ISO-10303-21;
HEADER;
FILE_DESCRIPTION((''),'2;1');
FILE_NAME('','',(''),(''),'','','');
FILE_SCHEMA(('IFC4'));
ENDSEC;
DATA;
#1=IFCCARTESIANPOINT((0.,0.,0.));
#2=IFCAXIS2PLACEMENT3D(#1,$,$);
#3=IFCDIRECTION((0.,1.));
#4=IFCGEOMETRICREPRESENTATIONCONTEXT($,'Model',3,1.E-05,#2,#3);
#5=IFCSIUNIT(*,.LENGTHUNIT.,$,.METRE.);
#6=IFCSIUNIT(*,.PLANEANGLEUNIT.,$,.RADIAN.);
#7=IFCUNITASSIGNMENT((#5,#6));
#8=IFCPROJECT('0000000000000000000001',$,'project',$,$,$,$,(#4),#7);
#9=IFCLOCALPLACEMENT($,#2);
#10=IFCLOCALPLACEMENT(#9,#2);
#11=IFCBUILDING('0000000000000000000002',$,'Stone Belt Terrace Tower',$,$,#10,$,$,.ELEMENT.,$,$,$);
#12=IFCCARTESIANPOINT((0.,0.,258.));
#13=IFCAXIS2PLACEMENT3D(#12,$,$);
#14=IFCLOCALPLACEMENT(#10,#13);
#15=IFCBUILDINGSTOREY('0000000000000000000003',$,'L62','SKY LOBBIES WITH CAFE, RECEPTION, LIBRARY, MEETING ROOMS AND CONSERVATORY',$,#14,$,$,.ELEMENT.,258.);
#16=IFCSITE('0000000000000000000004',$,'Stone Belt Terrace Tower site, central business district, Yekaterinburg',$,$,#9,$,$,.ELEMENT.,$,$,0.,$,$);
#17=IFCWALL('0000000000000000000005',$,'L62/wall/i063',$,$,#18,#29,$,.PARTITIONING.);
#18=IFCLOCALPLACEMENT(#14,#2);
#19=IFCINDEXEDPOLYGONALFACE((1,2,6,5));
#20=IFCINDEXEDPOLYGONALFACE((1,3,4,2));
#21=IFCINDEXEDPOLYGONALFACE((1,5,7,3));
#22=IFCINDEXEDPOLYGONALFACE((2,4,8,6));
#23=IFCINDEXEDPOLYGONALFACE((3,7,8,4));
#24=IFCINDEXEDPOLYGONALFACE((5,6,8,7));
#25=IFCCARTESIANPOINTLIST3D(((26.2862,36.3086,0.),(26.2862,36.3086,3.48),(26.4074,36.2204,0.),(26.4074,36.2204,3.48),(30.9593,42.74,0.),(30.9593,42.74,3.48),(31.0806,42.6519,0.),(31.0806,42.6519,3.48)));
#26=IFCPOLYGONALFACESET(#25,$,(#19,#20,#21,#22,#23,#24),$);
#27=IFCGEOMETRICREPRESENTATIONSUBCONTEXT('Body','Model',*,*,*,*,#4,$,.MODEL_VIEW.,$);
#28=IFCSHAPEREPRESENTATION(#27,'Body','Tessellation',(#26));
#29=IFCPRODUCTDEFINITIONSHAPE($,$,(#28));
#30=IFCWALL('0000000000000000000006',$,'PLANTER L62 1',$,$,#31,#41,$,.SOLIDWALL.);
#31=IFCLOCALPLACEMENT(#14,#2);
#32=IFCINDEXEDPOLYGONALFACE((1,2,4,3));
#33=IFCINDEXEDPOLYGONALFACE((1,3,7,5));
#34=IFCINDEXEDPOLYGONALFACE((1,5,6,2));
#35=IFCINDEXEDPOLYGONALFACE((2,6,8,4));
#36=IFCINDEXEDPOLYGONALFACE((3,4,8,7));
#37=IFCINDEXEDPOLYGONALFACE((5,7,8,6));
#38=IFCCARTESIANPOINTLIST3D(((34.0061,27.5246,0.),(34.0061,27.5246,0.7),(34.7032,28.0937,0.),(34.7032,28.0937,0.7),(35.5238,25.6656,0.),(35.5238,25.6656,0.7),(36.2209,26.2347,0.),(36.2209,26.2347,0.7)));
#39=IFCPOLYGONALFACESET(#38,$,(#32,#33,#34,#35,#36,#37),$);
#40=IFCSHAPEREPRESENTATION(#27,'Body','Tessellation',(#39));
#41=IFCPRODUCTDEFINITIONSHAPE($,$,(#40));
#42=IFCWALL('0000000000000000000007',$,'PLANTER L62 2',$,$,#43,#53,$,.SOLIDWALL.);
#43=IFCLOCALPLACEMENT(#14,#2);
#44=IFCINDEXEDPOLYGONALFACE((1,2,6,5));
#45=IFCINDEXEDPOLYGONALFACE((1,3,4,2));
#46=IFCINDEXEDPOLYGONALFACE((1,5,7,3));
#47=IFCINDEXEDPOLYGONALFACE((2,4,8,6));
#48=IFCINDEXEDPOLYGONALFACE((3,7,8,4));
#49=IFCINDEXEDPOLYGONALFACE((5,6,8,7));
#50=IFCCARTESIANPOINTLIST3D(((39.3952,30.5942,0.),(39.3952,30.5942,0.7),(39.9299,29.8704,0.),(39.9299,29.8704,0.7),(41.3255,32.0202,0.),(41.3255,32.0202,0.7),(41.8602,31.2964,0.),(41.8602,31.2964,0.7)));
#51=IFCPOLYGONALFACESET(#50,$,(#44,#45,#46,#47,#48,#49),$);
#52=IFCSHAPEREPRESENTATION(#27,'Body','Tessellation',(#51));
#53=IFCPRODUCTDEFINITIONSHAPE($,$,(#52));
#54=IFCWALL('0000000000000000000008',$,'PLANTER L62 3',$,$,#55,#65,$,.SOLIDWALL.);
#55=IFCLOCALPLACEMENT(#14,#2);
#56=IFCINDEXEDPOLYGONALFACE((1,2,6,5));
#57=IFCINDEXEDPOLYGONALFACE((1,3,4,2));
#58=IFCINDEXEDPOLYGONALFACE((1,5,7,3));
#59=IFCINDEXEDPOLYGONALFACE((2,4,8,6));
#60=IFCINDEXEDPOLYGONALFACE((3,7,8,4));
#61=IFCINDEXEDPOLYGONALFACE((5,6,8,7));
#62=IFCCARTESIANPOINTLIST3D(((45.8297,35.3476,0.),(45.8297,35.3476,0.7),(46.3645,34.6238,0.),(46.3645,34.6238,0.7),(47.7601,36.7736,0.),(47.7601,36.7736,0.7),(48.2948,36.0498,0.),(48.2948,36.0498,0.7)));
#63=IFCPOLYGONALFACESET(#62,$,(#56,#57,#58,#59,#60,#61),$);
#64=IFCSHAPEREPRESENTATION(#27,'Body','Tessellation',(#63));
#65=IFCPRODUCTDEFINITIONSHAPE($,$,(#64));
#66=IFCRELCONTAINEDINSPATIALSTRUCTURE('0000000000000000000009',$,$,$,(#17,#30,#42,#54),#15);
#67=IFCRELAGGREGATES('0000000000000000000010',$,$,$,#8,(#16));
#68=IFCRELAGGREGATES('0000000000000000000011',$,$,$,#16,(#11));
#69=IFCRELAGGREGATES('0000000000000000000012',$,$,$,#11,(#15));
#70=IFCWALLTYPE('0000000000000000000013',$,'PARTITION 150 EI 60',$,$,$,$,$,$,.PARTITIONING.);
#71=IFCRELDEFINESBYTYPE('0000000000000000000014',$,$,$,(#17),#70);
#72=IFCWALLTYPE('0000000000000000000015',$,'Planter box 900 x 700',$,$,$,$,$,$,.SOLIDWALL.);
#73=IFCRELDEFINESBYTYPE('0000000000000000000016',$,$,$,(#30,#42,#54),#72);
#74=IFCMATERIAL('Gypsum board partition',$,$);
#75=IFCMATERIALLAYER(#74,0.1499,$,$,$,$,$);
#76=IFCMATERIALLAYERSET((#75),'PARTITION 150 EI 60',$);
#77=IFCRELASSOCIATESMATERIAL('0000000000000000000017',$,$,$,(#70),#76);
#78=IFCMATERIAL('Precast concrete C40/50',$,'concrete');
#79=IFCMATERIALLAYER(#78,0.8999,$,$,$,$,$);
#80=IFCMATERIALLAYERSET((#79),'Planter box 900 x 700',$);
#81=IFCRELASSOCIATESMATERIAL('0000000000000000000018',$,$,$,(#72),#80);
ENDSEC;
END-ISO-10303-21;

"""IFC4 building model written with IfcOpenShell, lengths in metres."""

from ifc_helpers import new_model, si_unit, direction, frame, frame_2d, origin, origin_2d, place, context, subcontext, project, spatial, rectangle, extrude, material, layer, layer_set, type_object, element, save


model = new_model("IFC4")

# Units and contexts
model_context = context("Model", 3, precision=1e-05, world=origin(), true_north=direction((0.0, 1.0)))
body_context = subcontext(model_context, "Body", "Model", "MODEL_VIEW")
ifc_project = project(units=[si_unit("LENGTHUNIT", "METRE"), si_unit("PLANEANGLEUNIT", "RADIAN")], contexts=[model_context])

# Site, building, storey
site_placement = place(None, origin())
site = spatial("IfcSite", under=ifc_project, at=site_placement, Name="Stone Belt Terrace Tower site, central business district, Yekaterinburg", CompositionType="ELEMENT", RefElevation=0.0)
building_placement = place(site_placement, origin())
building = spatial("IfcBuilding", under=site, at=building_placement, Name="Stone Belt Terrace Tower", CompositionType="ELEMENT")
storey_placement = place(building_placement, frame((0.0, 0.0, 258.0)))
storey = spatial("IfcBuildingStorey", under=building, at=storey_placement, Name="L62", Description="SKY LOBBIES WITH CAFE, RECEPTION, LIBRARY, MEETING ROOMS AND CONSERVATORY", CompositionType="ELEMENT", Elevation=258.0)

# Shared definitions
ifc_material_1 = material(Name="Gypsum board partition")
ifc_layer_1 = layer(ifc_material_1, 0.1499)
ifc_layer_set_1 = layer_set([ifc_layer_1], Name="PARTITION 150 EI 60")
wall_type_1 = type_object("IfcWallType", Name="PARTITION 150 EI 60", PredefinedType="PARTITIONING", material=ifc_layer_set_1)

# Walls
wall_1_placement = place(storey_placement, frame((31.02, 42.696, 0.0), z_axis=(0.0, 0.0, 1.0), x_axis=(-0.587819, -0.808992, 0.0)))
element("IfcWall", 1, at=wall_1_placement, inside=storey, type_object=wall_type_1, Name="L62/wall/i063", PredefinedType="PARTITIONING", context=body_context, shape_type="SweptSolid", body=[
    extrude(rectangle(XDim=7.95, YDim=0.1499, at=frame_2d((3.9751, 0.0))), origin(), (0.0, 0.0, 1.0), 3.48),
])
ifc_material_2 = material(Name="Precast concrete C40/50", Category="concrete")
ifc_layer_2 = layer(ifc_material_2, 0.8999)
ifc_layer_set_2 = layer_set([ifc_layer_2], Name="Planter box 900 x 700")
wall_type_2 = type_object("IfcWallType", Name="Planter box 900 x 700", PredefinedType="SOLIDWALL", material=ifc_layer_set_2)
for number, where, z_axis, x_axis, name in (
    (2, (35.1135, 26.8796, 0.0), (0.0, 0.0, 1.0), (0.632398, -0.774644, 0.0), "PLANTER L62 1"),
    (3, (40.6277, 30.9453, 0.0), (0.0, 0.0, 1.0), (0.804329, 0.594184, 0.0), "PLANTER L62 2"),
    (4, (47.0623, 35.6987, 0.0), (0.0, 0.0, 1.0), (0.804329, 0.594184, 0.0), "PLANTER L62 3"),
):
    element("IfcWall", number, at=place(storey_placement, frame(where, z_axis=z_axis, x_axis=x_axis)), inside=storey, type_object=wall_type_2, Name=name, PredefinedType="SOLIDWALL", context=body_context, shape_type="SweptSolid", body=[
        extrude(rectangle(XDim=2.3999, YDim=0.8999, at=origin_2d()), origin(), (0.0, 0.0, 1.0), 0.7),
    ])

save(model, "model.ifc")
